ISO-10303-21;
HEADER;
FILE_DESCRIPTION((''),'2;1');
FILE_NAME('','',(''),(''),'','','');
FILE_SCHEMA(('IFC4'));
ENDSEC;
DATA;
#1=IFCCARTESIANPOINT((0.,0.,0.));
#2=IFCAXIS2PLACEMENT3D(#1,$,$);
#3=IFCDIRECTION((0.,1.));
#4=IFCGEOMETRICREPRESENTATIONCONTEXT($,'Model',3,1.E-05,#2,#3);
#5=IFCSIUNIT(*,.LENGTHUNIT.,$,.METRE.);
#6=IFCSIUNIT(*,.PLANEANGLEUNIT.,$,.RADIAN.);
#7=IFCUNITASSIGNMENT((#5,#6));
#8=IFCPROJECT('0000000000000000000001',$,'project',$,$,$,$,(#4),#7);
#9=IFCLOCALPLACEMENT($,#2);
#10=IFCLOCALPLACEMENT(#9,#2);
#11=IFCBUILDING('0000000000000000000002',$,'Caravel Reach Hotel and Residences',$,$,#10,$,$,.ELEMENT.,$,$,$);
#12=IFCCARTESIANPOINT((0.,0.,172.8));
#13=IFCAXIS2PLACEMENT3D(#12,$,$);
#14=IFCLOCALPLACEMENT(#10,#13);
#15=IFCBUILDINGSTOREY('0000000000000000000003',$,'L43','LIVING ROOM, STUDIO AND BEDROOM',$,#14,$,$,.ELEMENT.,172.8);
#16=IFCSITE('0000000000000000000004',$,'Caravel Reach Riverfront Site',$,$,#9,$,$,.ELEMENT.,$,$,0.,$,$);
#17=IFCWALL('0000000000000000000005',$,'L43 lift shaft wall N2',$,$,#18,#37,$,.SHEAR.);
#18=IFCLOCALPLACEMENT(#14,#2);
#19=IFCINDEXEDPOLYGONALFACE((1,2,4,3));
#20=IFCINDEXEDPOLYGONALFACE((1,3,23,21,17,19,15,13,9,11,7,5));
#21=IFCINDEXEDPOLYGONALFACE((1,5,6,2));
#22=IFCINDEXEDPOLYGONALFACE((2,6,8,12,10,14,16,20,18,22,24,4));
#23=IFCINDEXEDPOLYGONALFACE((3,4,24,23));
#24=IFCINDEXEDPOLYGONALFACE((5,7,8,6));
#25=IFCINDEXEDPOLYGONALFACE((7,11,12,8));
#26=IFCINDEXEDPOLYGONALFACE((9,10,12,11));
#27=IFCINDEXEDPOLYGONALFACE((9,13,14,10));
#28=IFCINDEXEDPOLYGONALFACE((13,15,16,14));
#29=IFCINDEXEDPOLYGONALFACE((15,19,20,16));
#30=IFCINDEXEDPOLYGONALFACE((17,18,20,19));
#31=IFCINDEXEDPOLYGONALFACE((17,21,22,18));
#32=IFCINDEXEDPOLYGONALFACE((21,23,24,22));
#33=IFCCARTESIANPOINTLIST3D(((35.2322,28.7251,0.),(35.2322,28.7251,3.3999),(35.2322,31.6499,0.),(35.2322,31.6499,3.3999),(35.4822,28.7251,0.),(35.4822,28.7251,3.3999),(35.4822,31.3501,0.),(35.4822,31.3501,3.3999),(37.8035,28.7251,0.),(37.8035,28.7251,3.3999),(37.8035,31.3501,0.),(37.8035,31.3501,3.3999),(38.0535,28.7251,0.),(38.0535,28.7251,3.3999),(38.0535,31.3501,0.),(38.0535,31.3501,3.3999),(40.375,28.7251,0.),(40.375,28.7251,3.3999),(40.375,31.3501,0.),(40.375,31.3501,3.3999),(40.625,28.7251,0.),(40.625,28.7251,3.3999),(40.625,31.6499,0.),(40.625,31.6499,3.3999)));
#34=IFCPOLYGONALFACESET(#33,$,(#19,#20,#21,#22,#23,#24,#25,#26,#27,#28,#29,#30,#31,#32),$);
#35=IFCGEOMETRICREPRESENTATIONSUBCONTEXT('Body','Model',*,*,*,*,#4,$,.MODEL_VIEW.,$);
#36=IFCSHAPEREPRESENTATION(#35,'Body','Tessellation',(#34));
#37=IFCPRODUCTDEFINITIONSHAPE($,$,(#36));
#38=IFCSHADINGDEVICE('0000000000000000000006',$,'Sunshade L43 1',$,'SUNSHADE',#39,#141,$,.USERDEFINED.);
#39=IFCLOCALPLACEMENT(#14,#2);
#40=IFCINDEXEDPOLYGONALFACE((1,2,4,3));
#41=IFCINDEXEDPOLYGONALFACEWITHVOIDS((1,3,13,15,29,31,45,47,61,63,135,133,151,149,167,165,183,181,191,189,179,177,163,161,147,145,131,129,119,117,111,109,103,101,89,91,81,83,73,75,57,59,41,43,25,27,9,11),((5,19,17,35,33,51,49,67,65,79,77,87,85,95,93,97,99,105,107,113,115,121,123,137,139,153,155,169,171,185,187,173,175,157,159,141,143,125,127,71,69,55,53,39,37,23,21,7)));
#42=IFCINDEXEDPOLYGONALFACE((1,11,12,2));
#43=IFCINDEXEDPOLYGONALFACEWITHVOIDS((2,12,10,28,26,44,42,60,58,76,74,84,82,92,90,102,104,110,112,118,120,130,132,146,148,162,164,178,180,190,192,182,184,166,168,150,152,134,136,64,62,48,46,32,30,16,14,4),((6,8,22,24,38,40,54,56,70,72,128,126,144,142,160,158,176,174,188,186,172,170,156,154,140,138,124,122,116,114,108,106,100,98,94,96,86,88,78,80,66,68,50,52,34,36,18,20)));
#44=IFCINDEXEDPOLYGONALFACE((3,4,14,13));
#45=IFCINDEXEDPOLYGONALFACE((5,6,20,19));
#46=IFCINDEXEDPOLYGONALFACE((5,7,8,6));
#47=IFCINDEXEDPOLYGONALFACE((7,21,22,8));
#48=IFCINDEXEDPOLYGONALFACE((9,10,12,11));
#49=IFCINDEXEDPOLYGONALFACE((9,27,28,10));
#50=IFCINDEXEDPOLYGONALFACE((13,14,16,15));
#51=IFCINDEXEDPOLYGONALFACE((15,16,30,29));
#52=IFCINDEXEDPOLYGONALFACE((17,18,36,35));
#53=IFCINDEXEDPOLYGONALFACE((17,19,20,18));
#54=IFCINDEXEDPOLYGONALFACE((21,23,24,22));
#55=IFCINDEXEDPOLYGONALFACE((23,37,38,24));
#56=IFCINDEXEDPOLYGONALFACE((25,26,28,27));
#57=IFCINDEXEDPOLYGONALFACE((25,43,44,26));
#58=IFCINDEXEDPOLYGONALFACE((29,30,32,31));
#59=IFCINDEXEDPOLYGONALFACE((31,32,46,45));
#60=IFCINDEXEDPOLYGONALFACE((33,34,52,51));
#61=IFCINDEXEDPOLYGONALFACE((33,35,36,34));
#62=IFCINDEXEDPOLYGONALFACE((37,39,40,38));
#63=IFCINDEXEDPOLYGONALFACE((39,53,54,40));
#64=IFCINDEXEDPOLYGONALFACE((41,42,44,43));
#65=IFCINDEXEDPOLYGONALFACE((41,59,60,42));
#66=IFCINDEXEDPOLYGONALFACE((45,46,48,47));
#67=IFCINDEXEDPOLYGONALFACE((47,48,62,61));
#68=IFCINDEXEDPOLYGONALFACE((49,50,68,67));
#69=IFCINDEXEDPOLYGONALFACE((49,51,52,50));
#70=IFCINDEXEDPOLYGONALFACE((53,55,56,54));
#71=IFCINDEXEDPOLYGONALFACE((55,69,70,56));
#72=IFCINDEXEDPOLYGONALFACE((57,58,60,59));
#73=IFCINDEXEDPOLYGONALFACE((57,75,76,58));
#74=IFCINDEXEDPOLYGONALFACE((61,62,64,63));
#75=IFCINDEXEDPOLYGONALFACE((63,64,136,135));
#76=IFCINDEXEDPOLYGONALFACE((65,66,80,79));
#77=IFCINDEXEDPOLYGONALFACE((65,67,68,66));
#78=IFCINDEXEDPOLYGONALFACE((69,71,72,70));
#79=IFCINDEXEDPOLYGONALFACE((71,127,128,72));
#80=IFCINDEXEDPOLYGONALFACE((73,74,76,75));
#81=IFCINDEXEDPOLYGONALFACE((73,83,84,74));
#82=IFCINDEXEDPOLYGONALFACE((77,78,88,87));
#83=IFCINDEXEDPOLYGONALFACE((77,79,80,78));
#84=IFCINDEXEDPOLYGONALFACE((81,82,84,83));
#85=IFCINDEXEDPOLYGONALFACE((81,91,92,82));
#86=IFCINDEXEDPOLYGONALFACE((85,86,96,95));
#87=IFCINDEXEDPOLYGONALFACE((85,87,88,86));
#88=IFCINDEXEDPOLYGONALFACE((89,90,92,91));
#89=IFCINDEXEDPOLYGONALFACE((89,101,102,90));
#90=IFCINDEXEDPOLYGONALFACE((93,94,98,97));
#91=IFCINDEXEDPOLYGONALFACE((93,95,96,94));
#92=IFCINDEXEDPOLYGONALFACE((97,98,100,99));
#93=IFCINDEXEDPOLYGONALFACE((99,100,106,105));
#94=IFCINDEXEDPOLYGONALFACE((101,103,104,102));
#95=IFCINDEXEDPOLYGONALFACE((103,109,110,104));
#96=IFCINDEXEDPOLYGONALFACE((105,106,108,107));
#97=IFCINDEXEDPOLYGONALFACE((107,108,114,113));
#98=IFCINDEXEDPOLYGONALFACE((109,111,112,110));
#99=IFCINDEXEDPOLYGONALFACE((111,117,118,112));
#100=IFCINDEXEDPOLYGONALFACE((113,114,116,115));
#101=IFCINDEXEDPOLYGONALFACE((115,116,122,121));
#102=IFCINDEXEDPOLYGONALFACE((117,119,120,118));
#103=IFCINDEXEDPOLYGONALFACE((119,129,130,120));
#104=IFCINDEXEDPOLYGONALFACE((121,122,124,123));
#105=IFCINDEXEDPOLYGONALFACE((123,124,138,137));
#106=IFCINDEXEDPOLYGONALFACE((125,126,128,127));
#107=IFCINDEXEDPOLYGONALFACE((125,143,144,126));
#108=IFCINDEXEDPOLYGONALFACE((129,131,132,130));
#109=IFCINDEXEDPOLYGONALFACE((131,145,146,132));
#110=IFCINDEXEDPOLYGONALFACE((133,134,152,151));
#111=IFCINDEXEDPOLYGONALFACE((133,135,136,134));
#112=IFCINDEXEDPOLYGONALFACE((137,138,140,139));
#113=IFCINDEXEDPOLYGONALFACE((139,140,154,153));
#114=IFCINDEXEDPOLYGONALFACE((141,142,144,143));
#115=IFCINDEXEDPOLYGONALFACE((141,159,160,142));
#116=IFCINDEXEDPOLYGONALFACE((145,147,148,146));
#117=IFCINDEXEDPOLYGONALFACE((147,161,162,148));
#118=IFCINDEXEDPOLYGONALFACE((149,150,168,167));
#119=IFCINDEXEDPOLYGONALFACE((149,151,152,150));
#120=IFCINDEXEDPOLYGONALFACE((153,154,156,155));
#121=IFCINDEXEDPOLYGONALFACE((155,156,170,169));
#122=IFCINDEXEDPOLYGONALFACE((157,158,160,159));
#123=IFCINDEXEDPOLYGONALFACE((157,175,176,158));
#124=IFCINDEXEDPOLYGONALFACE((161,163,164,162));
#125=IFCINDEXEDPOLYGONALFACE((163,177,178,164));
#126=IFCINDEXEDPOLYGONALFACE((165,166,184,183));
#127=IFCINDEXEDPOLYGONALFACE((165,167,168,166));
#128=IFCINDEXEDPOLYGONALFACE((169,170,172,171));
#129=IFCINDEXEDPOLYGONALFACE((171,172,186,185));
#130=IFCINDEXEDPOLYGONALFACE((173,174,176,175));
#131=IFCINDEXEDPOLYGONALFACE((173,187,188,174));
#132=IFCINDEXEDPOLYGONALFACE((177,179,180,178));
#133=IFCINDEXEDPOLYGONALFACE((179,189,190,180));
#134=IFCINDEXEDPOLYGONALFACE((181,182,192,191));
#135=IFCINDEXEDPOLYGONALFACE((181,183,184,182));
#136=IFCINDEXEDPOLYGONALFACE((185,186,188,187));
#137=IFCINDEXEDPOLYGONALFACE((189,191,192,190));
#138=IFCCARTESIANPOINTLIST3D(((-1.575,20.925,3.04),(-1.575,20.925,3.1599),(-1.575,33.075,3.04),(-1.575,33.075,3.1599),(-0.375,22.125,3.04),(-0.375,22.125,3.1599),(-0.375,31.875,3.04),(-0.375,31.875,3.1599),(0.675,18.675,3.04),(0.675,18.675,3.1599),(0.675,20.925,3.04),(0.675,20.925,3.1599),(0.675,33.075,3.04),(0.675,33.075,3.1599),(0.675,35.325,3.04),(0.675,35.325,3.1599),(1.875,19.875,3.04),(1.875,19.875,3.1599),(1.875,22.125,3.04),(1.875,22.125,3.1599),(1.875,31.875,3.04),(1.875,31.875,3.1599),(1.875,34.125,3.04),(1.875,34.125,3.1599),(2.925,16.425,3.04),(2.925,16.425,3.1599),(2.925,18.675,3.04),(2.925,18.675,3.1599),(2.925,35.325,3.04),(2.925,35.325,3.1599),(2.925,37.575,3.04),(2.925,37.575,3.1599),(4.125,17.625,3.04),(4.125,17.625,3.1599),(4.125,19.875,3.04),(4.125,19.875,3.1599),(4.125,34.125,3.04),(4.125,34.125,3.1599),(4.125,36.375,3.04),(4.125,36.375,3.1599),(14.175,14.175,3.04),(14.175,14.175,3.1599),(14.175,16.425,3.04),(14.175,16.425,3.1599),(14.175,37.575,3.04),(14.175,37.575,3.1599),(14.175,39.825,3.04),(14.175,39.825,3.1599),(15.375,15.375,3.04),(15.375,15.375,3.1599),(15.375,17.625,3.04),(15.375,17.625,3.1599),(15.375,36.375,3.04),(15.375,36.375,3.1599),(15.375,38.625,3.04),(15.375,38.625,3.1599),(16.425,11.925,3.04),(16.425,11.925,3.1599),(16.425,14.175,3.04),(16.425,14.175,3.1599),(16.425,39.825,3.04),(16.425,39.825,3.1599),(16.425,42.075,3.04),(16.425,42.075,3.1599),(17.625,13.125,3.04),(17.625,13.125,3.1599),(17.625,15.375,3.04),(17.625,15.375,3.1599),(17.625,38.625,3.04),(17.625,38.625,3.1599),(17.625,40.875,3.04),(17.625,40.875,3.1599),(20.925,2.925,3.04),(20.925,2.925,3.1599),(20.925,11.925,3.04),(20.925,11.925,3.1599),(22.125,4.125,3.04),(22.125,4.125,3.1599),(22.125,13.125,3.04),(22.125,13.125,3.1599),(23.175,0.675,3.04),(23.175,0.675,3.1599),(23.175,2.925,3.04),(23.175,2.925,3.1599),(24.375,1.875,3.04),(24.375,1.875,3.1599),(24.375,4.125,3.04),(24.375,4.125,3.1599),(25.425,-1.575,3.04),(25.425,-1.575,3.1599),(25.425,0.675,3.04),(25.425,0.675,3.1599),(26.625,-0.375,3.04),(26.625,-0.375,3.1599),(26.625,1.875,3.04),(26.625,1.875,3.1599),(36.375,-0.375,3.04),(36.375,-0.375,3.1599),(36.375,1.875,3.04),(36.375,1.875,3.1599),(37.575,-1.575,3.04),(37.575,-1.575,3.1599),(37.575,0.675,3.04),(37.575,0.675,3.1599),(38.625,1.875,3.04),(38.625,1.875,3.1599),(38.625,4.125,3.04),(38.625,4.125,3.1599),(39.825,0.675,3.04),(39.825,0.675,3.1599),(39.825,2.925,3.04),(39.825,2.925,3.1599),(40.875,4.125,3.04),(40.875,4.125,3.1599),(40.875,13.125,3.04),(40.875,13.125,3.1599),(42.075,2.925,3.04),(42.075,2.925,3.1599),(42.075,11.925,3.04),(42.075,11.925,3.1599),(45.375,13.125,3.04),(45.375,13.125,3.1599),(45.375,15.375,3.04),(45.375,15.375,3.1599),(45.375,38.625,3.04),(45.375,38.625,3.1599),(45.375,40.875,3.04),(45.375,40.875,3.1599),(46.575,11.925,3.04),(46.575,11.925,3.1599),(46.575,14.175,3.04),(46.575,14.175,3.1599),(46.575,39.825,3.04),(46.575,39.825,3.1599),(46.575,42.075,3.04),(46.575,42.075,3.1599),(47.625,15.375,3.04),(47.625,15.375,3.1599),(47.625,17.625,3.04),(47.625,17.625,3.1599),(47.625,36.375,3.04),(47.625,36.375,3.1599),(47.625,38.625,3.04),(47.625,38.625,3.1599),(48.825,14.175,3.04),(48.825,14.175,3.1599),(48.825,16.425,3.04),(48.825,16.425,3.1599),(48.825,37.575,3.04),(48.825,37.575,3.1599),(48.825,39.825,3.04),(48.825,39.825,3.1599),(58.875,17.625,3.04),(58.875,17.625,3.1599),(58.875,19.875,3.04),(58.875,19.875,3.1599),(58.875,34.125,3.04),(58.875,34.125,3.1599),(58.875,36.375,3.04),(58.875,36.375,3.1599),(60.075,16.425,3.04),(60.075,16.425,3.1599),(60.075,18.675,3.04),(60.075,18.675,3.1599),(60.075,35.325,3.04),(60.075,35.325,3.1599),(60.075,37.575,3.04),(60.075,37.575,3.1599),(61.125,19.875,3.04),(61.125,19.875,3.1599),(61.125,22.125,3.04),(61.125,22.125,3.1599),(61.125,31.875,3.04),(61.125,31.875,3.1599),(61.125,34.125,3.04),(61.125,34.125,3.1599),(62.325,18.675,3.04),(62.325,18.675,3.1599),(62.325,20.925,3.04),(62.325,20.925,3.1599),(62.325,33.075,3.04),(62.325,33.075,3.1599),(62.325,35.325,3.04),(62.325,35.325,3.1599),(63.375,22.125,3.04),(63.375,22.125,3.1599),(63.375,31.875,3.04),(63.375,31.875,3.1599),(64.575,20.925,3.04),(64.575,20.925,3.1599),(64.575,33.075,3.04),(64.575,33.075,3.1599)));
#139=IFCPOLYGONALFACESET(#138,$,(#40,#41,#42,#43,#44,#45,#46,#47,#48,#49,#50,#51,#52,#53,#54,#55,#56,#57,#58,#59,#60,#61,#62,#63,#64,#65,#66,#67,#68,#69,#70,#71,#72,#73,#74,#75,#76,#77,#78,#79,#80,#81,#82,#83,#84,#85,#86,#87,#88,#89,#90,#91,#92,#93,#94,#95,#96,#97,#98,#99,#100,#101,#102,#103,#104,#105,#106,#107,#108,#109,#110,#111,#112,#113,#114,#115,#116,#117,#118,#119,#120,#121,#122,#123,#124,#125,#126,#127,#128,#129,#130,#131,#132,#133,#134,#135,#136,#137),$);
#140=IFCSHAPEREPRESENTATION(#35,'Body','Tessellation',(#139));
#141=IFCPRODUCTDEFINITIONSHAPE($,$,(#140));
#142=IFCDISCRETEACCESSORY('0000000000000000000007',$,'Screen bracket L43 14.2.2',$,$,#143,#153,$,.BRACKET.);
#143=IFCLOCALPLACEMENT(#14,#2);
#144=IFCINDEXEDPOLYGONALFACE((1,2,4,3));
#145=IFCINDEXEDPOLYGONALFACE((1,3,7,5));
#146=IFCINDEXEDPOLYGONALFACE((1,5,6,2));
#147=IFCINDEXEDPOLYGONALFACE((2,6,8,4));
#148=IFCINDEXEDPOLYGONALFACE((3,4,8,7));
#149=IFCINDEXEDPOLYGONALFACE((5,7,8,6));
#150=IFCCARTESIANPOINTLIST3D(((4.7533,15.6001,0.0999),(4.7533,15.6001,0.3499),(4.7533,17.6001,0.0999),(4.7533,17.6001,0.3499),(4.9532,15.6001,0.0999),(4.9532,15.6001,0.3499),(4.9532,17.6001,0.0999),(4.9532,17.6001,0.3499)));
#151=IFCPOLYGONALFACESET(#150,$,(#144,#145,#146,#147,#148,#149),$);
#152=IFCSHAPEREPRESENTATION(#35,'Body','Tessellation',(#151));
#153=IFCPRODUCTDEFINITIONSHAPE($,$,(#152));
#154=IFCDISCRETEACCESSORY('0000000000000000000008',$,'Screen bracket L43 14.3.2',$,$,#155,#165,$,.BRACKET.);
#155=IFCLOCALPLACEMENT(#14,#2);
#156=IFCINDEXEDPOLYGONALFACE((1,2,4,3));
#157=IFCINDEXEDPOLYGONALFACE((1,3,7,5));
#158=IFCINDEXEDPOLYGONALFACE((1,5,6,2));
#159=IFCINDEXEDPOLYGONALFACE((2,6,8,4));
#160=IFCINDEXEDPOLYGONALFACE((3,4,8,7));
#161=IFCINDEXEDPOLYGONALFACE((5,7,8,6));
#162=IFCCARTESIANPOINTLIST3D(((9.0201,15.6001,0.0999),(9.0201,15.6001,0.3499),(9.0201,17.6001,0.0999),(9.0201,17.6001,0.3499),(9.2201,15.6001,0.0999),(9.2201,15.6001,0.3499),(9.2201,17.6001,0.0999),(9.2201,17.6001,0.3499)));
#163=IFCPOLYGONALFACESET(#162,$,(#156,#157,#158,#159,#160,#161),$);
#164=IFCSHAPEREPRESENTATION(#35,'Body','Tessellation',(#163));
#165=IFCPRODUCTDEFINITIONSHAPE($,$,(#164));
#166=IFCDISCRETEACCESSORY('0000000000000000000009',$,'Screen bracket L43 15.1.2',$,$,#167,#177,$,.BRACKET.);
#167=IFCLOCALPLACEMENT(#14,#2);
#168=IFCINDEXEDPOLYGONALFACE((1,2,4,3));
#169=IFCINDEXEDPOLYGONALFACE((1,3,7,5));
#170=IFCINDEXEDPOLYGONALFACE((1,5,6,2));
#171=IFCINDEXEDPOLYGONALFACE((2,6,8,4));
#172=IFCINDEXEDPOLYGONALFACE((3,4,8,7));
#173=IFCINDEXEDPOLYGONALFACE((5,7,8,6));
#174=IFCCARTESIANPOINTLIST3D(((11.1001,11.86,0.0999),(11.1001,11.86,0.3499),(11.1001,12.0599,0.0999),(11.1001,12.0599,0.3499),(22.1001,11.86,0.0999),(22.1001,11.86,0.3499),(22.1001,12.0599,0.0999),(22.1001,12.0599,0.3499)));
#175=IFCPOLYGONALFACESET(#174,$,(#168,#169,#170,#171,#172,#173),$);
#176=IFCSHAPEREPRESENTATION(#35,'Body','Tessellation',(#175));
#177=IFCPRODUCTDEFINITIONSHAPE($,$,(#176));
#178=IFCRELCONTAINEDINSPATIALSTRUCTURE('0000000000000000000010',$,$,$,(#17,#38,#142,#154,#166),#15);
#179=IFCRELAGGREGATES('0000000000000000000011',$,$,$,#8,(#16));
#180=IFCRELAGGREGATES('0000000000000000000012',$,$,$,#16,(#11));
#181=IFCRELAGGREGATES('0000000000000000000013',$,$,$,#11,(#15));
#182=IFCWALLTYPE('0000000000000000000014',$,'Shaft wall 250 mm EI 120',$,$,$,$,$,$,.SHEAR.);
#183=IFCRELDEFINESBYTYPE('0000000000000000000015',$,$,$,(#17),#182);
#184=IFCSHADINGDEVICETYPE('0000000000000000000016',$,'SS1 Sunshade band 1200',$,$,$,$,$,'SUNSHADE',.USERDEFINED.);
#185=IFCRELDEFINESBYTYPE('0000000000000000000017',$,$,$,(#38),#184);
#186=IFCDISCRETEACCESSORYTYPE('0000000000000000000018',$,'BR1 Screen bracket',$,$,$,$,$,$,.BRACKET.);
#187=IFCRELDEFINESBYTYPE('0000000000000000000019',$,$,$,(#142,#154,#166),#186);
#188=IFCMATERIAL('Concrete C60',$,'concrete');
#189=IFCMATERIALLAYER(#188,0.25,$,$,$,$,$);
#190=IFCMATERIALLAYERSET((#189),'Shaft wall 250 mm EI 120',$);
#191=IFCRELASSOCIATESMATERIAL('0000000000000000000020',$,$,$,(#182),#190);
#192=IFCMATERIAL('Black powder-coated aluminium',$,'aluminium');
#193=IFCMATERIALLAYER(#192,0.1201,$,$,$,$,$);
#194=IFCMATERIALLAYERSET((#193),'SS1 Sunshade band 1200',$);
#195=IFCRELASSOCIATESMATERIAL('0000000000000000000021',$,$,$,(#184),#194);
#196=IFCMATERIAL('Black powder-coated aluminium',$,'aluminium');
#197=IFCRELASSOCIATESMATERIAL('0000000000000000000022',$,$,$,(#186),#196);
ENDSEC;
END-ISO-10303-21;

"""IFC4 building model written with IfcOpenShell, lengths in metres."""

from ifc_helpers import new_model, si_unit, direction, frame, origin, origin_2d, place, context, subcontext, project, spatial, polyline, rectangle, outline, extrude, material, layer, layer_set, type_object, element, save


model = new_model("IFC4")

# Units and contexts
model_context = context("Model", 3, precision=1e-05, world=origin(), true_north=direction((0.0, 1.0)))
body_context = subcontext(model_context, "Body", "Model", "MODEL_VIEW")
ifc_project = project(units=[si_unit("LENGTHUNIT", "METRE"), si_unit("PLANEANGLEUNIT", "RADIAN")], contexts=[model_context])

# Site, building, storey
site_placement = place(None, origin())
site = spatial("IfcSite", under=ifc_project, at=site_placement, Name="Caravel Reach Riverfront Site", CompositionType="ELEMENT", RefElevation=0.0)
building_placement = place(site_placement, origin())
building = spatial("IfcBuilding", under=site, at=building_placement, Name="Caravel Reach Hotel and Residences", CompositionType="ELEMENT")
storey_placement = place(building_placement, frame((0.0, 0.0, 172.8)))
storey = spatial("IfcBuildingStorey", under=building, at=storey_placement, Name="L43", Description="LIVING ROOM, STUDIO AND BEDROOM", CompositionType="ELEMENT", Elevation=172.8)

# Wall
ifc_material_1 = material(Name="Concrete C60", Category="concrete")
ifc_layer_1 = layer(ifc_material_1, 0.25)
ifc_layer_set_1 = layer_set([ifc_layer_1], Name="Shaft wall 250 mm EI 120")
wall_type_1 = type_object("IfcWallType", Name="Shaft wall 250 mm EI 120", PredefinedType="SHEAR", material=ifc_layer_set_1)
wall_1_placement = place(storey_placement, origin())
element("IfcWall", 1, at=wall_1_placement, inside=storey, type_object=wall_type_1, Name="L43 lift shaft wall N2", PredefinedType="SHEAR", context=body_context, shape_type="SweptSolid", body=[
    extrude(outline(polyline([(35.2322, 28.7251), (35.4822, 28.7251), (35.4822, 31.3501), (37.8035, 31.3501), (37.8035, 28.7251), (38.0535, 28.7251), (38.0535, 31.3501), (40.375, 31.3501), (40.375, 28.7251), (40.625, 28.7251), (40.625, 31.6499), (35.2322, 31.6499), (35.2322, 28.7251)])), origin(), (0.0, 0.0, 1.0), 3.3999),
])

# Shading device
ifc_material_2 = material(Name="Black powder-coated aluminium", Category="aluminium")
ifc_layer_2 = layer(ifc_material_2, 0.1201)
ifc_layer_set_2 = layer_set([ifc_layer_2], Name="SS1 Sunshade band 1200")
shading_device_type = type_object("IfcShadingDeviceType", Name="SS1 Sunshade band 1200", ElementType="SUNSHADE", PredefinedType="USERDEFINED", material=ifc_layer_set_2)
shading_device_placement = place(storey_placement, frame((0.0, 0.0, 3.04)))
element("IfcShadingDevice", 2, at=shading_device_placement, inside=storey, type_object=shading_device_type, Name="Sunshade L43 1", ObjectType="SUNSHADE", PredefinedType="USERDEFINED", context=body_context, shape_type="SweptSolid", body=[
    extrude(outline(polyline([(20.925, 11.925), (20.925, 2.925), (23.175, 2.925), (23.175, 0.675), (25.425, 0.675), (25.425, -1.575), (37.575, -1.575), (37.575, 0.675), (39.825, 0.675), (39.825, 2.925), (42.075, 2.925), (42.075, 11.925), (46.575, 11.925), (46.575, 14.175), (48.825, 14.175), (48.825, 16.425), (60.075, 16.425), (60.075, 18.675), (62.325, 18.675), (62.325, 20.925), (64.575, 20.925), (64.575, 33.075), (62.325, 33.075), (62.325, 35.325), (60.075, 35.325), (60.075, 37.575), (48.825, 37.575), (48.825, 39.825), (46.575, 39.825), (46.575, 42.075), (16.425, 42.075), (16.425, 39.825), (14.175, 39.825), (14.175, 37.575), (2.925, 37.575), (2.925, 35.325), (0.675, 35.325), (0.675, 33.075), (-1.575, 33.075), (-1.575, 20.925), (0.675, 20.925), (0.675, 18.675), (2.925, 18.675), (2.925, 16.425), (14.175, 16.425), (14.175, 14.175), (16.425, 14.175), (16.425, 11.925), (20.925, 11.925)]), holes=[polyline([(24.375, 4.125), (22.125, 4.125), (22.125, 13.125), (17.625, 13.125), (17.625, 15.375), (15.375, 15.375), (15.375, 17.625), (4.125, 17.625), (4.125, 19.875), (1.875, 19.875), (1.875, 22.125), (-0.375, 22.125), (-0.375, 31.875), (1.875, 31.875), (1.875, 34.125), (4.125, 34.125), (4.125, 36.375), (15.375, 36.375), (15.375, 38.625), (17.625, 38.625), (17.625, 40.875), (45.375, 40.875), (45.375, 38.625), (47.625, 38.625), (47.625, 36.375), (58.875, 36.375), (58.875, 34.125), (61.125, 34.125), (61.125, 31.875), (63.375, 31.875), (63.375, 22.125), (61.125, 22.125), (61.125, 19.875), (58.875, 19.875), (58.875, 17.625), (47.625, 17.625), (47.625, 15.375), (45.375, 15.375), (45.375, 13.125), (40.875, 13.125), (40.875, 4.125), (38.625, 4.125), (38.625, 1.875), (36.375, 1.875), (36.375, -0.375), (26.625, -0.375), (26.625, 1.875), (24.375, 1.875), (24.375, 4.125)])]), origin(), (0.0, 0.0, 1.0), 0.1199),
])

# Discrete accessories
ifc_material_3 = material(Name="Black powder-coated aluminium", Category="aluminium")
discrete_accessory_type = type_object("IfcDiscreteAccessoryType", Name="BR1 Screen bracket", PredefinedType="BRACKET", material=ifc_material_3)
for number, where, z_axis, x_axis, name in (
    (3, (4.8533, 16.6001, 0.0999), (0.0, 0.0, 1.0), (0.0, -1.0, 0.0), "Screen bracket L43 14.2.2"),
    (4, (9.1201, 16.6001, 0.0999), (0.0, 0.0, 1.0), (0.0, -1.0, 0.0), "Screen bracket L43 14.3.2"),
):
    element("IfcDiscreteAccessory", number, at=place(storey_placement, frame(where, z_axis=z_axis, x_axis=x_axis)), inside=storey, type_object=discrete_accessory_type, Name=name, PredefinedType="BRACKET", context=body_context, shape_type="SweptSolid", body=[
        extrude(rectangle(XDim=2.0, YDim=0.2, at=origin_2d()), origin(), (0.0, 0.0, 1.0), 0.25),
    ])
discrete_accessory_1_placement = place(storey_placement, frame((16.6001, 11.96, 0.0999), z_axis=(0.0, 0.0, 1.0), x_axis=(-1.0, 0.0, 0.0)))
element("IfcDiscreteAccessory", 5, at=discrete_accessory_1_placement, inside=storey, type_object=discrete_accessory_type, Name="Screen bracket L43 15.1.2", PredefinedType="BRACKET", context=body_context, shape_type="SweptSolid", body=[
    extrude(rectangle(XDim=11.0, YDim=0.2, at=origin_2d()), origin(), (0.0, 0.0, 1.0), 0.25),
])

save(model, "model.ifc")
